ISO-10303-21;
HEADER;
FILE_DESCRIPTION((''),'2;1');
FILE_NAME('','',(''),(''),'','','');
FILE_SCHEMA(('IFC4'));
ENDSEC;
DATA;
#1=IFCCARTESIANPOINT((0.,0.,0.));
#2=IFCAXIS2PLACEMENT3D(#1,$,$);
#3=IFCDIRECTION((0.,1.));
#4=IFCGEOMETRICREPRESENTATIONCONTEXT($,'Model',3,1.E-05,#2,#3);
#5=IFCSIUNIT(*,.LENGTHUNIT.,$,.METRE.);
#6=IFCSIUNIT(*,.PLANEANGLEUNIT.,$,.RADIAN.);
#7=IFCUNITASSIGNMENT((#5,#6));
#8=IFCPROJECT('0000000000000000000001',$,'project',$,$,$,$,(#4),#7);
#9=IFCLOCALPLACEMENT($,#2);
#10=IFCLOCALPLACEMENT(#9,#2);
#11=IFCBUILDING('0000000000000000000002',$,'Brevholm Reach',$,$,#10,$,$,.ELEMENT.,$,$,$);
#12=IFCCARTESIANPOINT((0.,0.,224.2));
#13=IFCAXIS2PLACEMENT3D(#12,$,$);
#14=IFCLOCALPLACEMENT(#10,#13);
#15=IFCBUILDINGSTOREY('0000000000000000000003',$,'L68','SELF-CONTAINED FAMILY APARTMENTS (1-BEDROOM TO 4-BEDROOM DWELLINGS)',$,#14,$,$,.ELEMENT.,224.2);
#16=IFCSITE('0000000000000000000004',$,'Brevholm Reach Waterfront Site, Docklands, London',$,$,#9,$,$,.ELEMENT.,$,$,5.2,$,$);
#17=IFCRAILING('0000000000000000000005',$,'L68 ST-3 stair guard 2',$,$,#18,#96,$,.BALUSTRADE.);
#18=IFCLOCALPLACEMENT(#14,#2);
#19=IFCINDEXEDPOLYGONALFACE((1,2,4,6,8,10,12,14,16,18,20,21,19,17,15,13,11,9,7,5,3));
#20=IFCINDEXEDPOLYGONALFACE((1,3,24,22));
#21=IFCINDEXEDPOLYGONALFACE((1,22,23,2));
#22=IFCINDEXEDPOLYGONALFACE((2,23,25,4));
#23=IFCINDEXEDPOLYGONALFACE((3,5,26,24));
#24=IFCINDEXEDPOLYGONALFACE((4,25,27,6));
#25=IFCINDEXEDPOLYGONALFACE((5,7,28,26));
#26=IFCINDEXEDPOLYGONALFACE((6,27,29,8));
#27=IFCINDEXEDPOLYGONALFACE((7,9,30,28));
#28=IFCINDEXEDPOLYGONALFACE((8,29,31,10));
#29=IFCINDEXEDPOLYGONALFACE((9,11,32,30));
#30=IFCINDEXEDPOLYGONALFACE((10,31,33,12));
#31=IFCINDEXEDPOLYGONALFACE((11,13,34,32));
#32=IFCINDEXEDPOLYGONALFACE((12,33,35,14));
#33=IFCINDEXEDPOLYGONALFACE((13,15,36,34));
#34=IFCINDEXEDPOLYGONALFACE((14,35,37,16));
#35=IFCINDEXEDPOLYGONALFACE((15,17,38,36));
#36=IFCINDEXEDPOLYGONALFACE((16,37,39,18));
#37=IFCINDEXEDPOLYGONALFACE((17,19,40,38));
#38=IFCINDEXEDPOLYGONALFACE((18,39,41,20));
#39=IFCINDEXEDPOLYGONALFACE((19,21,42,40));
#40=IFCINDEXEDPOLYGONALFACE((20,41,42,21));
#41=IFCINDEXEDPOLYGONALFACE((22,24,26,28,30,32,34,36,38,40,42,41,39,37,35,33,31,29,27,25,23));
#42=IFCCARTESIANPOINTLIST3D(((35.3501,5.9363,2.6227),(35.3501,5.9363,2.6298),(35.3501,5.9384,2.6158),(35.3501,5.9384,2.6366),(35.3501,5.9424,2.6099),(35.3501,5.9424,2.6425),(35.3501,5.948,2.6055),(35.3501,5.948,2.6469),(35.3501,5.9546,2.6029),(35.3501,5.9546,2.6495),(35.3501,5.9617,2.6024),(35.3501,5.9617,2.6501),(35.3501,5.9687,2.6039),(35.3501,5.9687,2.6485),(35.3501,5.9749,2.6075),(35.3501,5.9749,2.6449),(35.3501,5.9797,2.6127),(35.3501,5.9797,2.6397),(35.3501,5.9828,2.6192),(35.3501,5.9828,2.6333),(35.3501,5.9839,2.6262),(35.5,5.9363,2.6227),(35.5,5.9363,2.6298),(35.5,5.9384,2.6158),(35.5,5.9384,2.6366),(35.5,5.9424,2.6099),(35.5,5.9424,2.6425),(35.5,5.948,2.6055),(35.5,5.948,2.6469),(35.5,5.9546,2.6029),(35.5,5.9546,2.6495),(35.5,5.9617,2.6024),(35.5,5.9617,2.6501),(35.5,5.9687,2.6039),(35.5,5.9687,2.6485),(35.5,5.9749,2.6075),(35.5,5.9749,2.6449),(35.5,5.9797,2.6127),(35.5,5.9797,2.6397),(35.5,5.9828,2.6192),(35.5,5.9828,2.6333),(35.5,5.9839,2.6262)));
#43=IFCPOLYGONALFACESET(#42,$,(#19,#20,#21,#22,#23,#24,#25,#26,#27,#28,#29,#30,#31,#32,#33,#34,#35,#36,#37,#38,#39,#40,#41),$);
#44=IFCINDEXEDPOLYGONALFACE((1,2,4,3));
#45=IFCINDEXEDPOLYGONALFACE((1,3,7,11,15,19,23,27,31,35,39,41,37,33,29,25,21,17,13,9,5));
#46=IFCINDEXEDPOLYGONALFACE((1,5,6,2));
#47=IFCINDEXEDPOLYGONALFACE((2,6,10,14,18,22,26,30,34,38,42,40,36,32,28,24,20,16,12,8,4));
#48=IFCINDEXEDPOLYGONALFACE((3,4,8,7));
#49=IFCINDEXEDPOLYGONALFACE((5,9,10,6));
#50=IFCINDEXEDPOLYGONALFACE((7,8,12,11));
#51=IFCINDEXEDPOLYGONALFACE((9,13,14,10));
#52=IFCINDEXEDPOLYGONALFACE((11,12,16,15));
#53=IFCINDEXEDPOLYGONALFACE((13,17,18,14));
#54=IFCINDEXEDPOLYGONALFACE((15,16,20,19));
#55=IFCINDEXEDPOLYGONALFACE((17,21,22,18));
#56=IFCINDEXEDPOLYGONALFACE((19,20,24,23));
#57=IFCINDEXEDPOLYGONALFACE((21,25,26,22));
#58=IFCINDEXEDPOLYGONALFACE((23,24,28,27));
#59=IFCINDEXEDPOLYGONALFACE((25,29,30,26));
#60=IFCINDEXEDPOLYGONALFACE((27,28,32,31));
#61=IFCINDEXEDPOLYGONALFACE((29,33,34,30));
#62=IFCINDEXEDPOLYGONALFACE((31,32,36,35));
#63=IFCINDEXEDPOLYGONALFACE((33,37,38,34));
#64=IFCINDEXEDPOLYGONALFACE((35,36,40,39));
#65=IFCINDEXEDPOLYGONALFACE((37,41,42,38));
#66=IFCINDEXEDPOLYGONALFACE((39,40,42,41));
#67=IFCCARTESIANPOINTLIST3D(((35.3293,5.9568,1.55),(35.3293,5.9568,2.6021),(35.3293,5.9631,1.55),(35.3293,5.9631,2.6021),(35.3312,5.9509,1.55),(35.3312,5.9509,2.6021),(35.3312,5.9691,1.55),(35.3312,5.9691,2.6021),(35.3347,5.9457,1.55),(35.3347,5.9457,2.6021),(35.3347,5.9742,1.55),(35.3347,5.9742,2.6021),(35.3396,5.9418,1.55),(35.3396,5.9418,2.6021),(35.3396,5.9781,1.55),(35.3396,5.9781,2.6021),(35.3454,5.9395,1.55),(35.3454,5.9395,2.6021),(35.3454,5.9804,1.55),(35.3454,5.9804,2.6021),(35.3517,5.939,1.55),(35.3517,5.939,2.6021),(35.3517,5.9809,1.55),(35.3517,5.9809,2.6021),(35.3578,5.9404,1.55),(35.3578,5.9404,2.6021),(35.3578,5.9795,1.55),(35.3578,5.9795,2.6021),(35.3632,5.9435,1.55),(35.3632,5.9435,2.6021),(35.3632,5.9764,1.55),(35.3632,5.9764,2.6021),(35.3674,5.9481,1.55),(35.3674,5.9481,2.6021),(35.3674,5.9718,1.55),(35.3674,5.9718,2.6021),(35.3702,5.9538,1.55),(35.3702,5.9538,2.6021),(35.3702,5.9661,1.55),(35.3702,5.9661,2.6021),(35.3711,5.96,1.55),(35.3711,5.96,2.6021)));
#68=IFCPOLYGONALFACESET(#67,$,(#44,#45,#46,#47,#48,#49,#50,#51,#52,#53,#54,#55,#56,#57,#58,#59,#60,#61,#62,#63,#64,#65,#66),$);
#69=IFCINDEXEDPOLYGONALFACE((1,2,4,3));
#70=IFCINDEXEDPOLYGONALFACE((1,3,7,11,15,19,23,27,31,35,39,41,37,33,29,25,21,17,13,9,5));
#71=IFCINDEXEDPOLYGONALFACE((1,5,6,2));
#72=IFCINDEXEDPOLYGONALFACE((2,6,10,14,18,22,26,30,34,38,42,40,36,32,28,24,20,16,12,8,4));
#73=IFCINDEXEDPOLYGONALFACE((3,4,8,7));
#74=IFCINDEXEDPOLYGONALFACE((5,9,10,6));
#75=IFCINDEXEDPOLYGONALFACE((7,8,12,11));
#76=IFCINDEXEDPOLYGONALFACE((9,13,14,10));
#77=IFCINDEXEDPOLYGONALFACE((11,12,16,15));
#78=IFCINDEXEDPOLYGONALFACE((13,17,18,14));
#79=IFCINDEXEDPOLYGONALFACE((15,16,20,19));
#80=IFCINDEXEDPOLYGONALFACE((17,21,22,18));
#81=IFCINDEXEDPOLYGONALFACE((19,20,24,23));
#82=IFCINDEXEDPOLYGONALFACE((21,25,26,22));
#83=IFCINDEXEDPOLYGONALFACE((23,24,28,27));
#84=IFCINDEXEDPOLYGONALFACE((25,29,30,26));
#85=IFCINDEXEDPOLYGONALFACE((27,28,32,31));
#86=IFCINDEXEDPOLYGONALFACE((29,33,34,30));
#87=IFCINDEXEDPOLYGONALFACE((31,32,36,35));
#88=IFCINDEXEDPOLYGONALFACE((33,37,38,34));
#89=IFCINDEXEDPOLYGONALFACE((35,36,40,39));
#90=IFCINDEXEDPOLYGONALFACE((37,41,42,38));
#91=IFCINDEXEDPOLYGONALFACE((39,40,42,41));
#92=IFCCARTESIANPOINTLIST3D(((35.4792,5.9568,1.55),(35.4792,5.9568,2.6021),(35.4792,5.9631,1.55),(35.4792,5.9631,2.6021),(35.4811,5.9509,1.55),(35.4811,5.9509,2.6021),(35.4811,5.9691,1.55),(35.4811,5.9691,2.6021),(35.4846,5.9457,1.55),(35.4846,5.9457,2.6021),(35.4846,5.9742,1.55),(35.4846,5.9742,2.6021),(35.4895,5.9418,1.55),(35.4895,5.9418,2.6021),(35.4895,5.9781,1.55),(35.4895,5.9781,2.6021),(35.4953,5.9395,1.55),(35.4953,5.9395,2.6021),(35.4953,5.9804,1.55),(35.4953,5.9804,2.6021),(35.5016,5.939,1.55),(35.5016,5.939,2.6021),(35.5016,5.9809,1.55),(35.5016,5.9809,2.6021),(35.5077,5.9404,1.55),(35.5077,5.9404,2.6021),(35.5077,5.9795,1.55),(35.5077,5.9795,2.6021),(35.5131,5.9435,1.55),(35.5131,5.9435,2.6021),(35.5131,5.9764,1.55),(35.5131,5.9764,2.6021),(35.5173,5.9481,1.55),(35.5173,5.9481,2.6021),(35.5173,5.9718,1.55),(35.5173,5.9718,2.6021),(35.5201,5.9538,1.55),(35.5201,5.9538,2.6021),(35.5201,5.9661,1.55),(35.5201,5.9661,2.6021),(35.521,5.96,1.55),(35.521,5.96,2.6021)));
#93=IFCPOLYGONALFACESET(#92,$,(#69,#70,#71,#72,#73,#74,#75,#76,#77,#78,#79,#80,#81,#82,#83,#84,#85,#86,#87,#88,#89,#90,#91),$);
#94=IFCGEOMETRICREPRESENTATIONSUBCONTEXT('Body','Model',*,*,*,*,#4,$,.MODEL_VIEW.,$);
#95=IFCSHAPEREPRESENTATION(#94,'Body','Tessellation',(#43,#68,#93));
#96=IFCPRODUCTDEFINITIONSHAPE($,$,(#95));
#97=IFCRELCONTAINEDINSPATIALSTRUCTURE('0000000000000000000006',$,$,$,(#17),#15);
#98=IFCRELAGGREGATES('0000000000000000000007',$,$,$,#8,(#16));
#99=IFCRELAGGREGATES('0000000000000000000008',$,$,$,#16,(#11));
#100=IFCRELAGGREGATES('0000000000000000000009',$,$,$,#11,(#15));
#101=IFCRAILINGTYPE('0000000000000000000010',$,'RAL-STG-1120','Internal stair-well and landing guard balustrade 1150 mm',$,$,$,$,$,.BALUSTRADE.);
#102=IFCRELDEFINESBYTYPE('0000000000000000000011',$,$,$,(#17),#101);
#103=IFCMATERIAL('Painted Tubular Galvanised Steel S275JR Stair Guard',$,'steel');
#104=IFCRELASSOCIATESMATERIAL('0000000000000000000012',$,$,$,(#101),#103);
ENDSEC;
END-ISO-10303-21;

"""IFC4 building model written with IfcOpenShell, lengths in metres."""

from ifc_helpers import new_model, si_unit, direction, frame, origin, origin_2d, place, context, subcontext, project, spatial, circle, extrude, material, type_object, element, save


model = new_model("IFC4")

# Units and contexts
model_context = context("Model", 3, precision=1e-05, world=origin(), true_north=direction((0.0, 1.0)))
body_context = subcontext(model_context, "Body", "Model", "MODEL_VIEW")
ifc_project = project(units=[si_unit("LENGTHUNIT", "METRE"), si_unit("PLANEANGLEUNIT", "RADIAN")], contexts=[model_context])

# Site, building, storey
site_placement = place(None, origin())
site = spatial("IfcSite", under=ifc_project, at=site_placement, Name="Brevholm Reach Waterfront Site, Docklands, London", CompositionType="ELEMENT", RefElevation=5.2)
building_placement = place(site_placement, origin())
building = spatial("IfcBuilding", under=site, at=building_placement, Name="Brevholm Reach", CompositionType="ELEMENT")
storey_placement = place(building_placement, frame((0.0, 0.0, 224.2)))
storey = spatial("IfcBuildingStorey", under=building, at=storey_placement, Name="L68", Description="SELF-CONTAINED FAMILY APARTMENTS (1-BEDROOM TO 4-BEDROOM DWELLINGS)", CompositionType="ELEMENT", Elevation=224.2)

# Railing
ifc_material_1 = material(Name="Painted Tubular Galvanised Steel S275JR Stair Guard", Category="steel")
railing_type_1 = type_object("IfcRailingType", Name="RAL-STG-1120", Description="Internal stair-well and landing guard balustrade 1150 mm", PredefinedType="BALUSTRADE", material=ifc_material_1)
railing_1_placement = place(storey_placement, frame((35.3501, 5.96, 1.55)))
element("IfcRailing", 1, at=railing_1_placement, inside=storey, type_object=railing_type_1, Name="L68 ST-3 stair guard 2", PredefinedType="BALUSTRADE", context=body_context, shape_type="SweptSolid", body=[
    extrude(circle(Radius=0.0239, at=origin_2d()), frame((0.0, 0.0, 1.0762), z_axis=(1.0, 0.0, 0.0), x_axis=(0.0, 1.0, 0.0)), (0.0, 0.0, 1.0), 0.1499),
    extrude(circle(Radius=0.021, at=origin_2d()), origin(), (0.0, 0.0, 1.0), 1.052),
    extrude(circle(Radius=0.021, at=origin_2d()), frame((0.1499, 0.0, 0.0)), (0.0, 0.0, 1.0), 1.052),
])

save(model, "model.ifc")
